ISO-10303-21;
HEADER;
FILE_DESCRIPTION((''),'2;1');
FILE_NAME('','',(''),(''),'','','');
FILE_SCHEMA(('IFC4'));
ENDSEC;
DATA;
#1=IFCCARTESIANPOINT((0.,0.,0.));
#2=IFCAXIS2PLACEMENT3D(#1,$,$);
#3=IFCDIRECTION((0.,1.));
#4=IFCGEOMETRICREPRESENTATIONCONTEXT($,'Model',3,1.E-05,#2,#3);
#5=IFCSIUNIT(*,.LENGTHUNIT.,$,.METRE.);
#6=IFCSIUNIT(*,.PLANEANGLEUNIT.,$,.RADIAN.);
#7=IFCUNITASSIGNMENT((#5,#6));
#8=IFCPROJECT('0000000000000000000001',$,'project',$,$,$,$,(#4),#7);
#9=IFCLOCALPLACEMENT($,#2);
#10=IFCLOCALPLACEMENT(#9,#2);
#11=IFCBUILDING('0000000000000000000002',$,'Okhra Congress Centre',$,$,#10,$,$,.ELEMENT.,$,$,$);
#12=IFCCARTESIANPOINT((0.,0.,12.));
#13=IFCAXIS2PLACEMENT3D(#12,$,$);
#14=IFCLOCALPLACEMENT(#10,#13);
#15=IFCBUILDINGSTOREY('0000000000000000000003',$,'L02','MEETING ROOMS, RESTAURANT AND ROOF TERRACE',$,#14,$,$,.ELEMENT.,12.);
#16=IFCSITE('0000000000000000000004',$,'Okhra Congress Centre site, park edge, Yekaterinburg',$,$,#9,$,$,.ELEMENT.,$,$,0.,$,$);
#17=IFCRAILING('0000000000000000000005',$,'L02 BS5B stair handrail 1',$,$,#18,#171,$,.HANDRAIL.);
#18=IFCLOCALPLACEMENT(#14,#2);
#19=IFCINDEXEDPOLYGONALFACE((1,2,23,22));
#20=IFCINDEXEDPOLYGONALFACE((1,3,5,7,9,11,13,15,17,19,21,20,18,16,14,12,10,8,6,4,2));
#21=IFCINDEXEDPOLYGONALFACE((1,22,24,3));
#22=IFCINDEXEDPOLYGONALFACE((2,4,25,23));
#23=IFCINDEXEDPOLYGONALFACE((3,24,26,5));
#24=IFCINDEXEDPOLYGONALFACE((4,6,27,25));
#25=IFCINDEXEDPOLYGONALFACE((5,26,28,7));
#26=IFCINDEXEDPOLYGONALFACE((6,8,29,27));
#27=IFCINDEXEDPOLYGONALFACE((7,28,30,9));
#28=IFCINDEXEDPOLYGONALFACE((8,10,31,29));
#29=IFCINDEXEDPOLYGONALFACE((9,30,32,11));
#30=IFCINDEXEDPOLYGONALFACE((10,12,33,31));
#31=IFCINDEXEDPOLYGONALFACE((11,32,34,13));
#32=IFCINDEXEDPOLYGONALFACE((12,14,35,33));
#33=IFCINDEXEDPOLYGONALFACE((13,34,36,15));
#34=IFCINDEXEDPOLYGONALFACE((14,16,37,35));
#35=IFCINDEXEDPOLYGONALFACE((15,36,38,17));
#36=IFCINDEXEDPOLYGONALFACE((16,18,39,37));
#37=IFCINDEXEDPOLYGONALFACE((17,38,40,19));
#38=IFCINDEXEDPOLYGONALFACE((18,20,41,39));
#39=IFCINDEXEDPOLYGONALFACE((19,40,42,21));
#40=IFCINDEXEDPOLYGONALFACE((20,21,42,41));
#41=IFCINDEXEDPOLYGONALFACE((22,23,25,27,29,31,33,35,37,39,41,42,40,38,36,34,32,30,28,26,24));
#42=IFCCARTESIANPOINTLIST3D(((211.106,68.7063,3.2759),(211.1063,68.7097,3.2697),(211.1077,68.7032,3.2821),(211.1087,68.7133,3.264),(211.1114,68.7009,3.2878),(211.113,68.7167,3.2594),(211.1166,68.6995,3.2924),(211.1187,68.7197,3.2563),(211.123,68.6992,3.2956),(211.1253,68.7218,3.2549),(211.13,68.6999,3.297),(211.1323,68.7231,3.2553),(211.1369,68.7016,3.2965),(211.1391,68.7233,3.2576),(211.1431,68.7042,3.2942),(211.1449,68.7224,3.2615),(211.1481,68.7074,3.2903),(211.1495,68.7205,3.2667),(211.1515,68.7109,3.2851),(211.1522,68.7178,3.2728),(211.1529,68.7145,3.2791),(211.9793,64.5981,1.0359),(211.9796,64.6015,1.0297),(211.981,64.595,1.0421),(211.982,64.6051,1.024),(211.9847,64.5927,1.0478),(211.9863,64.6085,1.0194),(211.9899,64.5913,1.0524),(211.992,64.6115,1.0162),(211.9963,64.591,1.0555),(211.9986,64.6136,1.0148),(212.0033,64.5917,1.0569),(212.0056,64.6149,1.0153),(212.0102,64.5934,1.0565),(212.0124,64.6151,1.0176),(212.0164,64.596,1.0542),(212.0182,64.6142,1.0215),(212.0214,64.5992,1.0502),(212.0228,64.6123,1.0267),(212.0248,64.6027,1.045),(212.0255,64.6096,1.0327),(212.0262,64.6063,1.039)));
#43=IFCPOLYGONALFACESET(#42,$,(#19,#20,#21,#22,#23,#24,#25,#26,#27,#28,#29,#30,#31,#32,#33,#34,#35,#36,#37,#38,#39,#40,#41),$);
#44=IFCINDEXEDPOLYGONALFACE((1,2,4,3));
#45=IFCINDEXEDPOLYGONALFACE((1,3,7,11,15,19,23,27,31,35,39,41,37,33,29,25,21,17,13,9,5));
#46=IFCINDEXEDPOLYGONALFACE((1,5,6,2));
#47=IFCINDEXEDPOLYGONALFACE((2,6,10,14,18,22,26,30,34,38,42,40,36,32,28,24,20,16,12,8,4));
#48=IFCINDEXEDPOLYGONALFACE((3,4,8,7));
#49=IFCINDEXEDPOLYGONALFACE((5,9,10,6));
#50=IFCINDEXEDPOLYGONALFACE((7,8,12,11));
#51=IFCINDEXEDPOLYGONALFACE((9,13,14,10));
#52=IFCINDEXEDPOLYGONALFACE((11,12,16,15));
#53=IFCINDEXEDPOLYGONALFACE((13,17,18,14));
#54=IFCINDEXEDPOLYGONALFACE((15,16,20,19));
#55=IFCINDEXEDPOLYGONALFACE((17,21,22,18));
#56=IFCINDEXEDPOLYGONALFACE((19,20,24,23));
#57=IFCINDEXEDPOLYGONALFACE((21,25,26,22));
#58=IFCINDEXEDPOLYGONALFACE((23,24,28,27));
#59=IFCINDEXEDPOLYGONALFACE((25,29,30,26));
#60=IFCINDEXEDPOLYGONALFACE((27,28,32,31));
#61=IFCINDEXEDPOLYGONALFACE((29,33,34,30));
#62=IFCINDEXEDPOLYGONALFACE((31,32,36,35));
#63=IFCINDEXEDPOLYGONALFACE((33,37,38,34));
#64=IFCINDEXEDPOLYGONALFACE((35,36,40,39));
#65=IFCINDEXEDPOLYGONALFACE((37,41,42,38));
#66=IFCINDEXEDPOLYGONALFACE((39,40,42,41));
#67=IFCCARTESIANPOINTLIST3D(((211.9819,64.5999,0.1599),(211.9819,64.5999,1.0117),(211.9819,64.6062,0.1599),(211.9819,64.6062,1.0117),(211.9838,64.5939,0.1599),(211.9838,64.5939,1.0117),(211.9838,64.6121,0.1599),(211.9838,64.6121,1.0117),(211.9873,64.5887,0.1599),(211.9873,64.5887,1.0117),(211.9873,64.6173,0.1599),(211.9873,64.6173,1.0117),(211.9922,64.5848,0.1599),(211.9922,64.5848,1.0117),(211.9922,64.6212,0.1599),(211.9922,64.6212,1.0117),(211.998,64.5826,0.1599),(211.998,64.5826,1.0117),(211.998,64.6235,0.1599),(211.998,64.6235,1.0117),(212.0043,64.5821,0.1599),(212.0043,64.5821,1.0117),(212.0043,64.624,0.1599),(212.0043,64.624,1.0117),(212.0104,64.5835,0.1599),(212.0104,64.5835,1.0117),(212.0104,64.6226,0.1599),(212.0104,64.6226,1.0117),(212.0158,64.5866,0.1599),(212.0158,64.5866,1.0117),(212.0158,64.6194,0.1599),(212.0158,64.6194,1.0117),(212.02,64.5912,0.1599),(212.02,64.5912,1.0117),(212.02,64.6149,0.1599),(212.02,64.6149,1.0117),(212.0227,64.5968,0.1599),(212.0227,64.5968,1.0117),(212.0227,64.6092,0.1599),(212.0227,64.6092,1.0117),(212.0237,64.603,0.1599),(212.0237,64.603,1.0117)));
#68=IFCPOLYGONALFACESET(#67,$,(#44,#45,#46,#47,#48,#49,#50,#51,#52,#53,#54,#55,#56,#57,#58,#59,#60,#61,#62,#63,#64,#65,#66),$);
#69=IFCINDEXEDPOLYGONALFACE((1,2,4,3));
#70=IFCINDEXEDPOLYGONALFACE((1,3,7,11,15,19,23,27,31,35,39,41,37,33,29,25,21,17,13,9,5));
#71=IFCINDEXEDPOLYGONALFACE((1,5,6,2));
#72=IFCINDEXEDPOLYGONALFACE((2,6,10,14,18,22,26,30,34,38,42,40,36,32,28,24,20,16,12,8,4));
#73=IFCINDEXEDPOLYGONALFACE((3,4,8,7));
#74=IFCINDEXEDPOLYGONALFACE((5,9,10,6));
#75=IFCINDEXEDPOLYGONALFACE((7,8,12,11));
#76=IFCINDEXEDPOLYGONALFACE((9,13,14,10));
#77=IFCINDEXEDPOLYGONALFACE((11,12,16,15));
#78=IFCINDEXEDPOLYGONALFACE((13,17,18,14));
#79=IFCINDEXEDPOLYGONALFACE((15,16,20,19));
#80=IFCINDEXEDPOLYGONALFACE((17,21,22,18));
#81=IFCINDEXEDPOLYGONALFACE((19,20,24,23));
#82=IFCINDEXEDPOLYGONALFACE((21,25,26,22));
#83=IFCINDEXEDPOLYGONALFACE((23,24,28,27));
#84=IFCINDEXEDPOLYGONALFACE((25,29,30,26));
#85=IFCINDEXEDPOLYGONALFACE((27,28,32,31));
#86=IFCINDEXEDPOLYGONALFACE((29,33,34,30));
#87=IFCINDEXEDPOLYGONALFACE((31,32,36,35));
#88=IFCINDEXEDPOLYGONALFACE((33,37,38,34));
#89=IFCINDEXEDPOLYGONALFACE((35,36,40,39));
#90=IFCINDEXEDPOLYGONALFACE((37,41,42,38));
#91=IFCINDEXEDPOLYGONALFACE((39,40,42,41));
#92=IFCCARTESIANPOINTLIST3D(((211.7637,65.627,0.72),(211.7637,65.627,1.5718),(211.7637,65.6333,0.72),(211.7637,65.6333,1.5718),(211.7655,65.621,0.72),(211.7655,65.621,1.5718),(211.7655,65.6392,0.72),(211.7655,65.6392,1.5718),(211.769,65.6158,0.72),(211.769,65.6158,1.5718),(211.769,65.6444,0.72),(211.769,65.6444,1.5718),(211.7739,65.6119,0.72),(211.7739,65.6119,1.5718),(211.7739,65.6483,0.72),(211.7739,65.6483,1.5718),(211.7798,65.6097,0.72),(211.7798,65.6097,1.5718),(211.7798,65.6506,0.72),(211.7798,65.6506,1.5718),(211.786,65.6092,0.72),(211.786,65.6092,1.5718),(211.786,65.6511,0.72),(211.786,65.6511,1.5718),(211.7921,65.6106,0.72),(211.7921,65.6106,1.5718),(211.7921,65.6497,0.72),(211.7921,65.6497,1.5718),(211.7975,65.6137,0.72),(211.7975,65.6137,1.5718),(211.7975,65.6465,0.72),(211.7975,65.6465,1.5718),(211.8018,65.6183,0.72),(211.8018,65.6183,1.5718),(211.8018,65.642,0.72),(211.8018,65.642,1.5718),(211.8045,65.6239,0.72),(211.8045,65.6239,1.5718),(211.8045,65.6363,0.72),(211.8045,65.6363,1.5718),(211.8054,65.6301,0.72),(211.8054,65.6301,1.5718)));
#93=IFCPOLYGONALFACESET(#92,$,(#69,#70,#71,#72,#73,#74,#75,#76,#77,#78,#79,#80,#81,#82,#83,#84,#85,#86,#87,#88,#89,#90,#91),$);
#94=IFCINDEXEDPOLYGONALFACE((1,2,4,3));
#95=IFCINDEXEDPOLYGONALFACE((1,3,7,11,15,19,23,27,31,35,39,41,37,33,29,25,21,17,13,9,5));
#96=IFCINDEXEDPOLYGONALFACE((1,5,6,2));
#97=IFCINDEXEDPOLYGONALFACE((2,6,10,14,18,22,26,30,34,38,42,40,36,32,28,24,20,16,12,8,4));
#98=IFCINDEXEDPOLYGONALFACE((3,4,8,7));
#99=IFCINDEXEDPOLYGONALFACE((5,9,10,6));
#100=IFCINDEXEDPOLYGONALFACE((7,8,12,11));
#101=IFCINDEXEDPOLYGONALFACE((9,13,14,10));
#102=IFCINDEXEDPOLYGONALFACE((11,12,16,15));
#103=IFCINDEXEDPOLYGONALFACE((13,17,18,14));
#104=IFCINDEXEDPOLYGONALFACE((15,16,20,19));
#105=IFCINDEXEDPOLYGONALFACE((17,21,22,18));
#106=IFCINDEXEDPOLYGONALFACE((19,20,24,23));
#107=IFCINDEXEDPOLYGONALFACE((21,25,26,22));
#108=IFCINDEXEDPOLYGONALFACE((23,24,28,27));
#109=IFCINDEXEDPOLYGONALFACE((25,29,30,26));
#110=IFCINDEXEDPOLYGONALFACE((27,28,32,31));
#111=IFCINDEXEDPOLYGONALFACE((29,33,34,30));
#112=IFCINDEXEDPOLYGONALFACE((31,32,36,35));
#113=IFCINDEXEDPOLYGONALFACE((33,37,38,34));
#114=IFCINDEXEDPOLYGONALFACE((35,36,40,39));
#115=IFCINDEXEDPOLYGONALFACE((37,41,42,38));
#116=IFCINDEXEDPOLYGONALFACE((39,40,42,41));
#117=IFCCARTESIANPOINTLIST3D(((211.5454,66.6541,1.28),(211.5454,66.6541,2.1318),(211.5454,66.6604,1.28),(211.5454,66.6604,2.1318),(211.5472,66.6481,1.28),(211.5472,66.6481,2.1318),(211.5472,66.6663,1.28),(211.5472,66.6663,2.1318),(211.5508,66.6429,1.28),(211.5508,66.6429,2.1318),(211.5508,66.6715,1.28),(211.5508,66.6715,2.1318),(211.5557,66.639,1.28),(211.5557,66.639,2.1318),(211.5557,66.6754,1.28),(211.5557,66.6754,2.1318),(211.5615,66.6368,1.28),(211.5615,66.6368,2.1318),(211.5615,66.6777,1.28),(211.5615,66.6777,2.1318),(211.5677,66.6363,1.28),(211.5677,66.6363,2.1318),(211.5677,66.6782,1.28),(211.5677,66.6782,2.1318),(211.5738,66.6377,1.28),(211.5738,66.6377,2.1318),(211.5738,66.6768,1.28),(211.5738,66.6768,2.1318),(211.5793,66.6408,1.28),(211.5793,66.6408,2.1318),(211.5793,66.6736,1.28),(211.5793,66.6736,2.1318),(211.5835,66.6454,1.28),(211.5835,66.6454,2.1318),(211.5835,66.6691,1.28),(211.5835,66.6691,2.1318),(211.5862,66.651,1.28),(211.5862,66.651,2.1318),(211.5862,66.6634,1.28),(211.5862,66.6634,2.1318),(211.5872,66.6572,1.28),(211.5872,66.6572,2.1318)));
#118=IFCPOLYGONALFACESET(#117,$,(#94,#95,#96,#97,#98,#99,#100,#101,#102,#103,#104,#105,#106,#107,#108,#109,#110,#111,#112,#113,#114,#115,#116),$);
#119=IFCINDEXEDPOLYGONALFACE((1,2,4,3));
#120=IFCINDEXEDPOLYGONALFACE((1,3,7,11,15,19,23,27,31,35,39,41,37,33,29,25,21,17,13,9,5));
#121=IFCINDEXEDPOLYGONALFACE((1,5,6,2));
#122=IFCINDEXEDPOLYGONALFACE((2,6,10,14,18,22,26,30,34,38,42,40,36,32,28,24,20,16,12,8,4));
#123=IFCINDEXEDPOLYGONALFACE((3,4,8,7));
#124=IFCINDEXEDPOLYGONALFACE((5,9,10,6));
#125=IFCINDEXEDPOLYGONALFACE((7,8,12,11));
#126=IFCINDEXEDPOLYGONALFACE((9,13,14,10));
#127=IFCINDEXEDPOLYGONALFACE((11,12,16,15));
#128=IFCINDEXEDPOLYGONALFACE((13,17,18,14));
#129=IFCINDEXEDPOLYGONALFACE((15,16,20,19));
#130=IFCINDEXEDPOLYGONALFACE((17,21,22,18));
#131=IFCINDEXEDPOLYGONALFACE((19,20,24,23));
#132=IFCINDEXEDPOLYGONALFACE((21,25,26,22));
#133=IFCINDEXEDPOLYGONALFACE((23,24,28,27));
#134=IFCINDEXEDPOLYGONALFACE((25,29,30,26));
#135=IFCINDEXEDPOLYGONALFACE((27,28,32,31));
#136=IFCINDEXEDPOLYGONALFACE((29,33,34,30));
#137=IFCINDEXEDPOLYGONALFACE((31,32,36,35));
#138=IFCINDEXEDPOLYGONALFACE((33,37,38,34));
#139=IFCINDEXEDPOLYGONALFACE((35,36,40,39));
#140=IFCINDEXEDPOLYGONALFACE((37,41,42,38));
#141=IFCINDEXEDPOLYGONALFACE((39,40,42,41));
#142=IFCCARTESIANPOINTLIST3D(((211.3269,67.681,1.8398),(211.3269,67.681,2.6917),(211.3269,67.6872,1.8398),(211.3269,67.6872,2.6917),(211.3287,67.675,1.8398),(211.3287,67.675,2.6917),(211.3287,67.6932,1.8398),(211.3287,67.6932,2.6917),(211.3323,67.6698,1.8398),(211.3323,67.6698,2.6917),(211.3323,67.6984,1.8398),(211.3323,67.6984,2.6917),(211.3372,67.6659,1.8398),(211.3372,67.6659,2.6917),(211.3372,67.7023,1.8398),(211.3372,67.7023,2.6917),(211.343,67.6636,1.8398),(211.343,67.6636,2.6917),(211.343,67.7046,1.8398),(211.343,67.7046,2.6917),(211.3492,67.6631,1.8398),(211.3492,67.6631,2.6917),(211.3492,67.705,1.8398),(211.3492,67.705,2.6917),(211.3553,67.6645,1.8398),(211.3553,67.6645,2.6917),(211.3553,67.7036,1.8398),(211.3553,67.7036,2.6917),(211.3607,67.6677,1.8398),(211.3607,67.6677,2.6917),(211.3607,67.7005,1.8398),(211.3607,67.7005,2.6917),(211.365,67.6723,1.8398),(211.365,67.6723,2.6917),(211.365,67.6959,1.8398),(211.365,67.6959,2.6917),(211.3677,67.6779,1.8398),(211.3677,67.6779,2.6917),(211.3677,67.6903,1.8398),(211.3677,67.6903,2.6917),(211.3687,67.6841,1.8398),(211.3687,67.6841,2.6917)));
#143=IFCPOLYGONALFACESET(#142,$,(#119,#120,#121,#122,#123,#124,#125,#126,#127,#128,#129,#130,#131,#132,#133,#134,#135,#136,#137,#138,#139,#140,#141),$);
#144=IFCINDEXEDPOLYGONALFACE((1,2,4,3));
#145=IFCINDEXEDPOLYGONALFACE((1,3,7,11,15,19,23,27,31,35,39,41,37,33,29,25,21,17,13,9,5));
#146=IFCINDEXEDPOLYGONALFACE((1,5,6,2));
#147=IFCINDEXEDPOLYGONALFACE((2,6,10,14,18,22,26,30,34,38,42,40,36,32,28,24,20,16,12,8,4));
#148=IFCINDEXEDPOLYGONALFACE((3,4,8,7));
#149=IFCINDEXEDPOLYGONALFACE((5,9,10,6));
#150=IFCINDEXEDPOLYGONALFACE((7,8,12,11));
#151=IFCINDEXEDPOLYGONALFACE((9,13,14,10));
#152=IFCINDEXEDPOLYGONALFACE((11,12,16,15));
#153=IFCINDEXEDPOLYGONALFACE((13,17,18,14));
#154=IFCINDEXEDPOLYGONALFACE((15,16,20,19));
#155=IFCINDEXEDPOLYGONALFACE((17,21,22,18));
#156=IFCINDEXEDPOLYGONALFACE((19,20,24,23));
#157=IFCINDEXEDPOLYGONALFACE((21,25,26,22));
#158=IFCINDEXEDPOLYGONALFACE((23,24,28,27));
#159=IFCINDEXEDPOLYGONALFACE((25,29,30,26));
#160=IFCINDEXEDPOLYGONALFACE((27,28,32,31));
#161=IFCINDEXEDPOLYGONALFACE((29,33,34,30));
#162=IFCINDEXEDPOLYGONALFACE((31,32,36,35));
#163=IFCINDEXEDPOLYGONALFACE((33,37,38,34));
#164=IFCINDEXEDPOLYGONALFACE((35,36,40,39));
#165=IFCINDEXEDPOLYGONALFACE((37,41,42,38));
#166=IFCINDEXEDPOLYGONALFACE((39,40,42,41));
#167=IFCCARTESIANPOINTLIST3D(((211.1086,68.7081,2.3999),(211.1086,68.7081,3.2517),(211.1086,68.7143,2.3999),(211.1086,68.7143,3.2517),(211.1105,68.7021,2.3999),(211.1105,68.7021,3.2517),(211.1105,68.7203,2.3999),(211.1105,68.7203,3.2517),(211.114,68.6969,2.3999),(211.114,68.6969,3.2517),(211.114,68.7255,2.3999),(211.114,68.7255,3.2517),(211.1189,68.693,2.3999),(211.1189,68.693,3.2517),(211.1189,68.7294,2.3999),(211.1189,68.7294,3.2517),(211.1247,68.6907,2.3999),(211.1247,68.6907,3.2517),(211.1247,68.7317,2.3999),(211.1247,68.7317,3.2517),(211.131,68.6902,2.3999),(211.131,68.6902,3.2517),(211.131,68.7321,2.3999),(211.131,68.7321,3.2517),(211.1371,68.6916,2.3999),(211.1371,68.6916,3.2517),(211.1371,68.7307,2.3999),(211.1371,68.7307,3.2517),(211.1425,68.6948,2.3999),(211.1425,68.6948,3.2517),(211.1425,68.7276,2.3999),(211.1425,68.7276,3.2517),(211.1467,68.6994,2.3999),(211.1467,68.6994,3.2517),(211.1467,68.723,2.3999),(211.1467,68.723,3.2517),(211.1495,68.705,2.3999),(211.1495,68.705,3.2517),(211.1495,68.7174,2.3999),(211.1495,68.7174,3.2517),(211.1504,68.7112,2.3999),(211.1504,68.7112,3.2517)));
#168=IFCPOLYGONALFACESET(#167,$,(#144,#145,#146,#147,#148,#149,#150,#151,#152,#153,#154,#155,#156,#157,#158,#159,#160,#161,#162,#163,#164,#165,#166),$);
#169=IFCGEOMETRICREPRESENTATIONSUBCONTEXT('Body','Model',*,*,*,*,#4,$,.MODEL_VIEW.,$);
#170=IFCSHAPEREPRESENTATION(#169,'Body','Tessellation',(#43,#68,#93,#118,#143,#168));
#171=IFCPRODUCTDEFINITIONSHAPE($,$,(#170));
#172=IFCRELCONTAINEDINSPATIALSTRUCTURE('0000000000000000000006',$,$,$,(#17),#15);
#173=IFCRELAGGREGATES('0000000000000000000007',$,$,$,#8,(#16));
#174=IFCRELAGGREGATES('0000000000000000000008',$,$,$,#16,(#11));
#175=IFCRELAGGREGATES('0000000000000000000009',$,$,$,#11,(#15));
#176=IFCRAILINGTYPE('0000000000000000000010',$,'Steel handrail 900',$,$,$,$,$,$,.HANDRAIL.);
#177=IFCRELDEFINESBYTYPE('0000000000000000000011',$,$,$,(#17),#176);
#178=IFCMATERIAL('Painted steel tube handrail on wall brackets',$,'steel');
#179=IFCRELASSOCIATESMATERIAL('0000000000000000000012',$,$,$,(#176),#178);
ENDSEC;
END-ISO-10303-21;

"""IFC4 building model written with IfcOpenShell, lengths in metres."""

from ifc_helpers import new_model, si_unit, direction, frame, origin, origin_2d, place, context, subcontext, project, spatial, circle, extrude, material, type_object, element, save


model = new_model("IFC4")

# Units and contexts
model_context = context("Model", 3, precision=1e-05, world=origin(), true_north=direction((0.0, 1.0)))
body_context = subcontext(model_context, "Body", "Model", "MODEL_VIEW")
ifc_project = project(units=[si_unit("LENGTHUNIT", "METRE"), si_unit("PLANEANGLEUNIT", "RADIAN")], contexts=[model_context])

# Site, building, storey
site_placement = place(None, origin())
site = spatial("IfcSite", under=ifc_project, at=site_placement, Name="Okhra Congress Centre site, park edge, Yekaterinburg", CompositionType="ELEMENT", RefElevation=0.0)
building_placement = place(site_placement, origin())
building = spatial("IfcBuilding", under=site, at=building_placement, Name="Okhra Congress Centre", CompositionType="ELEMENT")
storey_placement = place(building_placement, frame((0.0, 0.0, 12.0)))
storey = spatial("IfcBuildingStorey", under=building, at=storey_placement, Name="L02", Description="MEETING ROOMS, RESTAURANT AND ROOF TERRACE", CompositionType="ELEMENT", Elevation=12.0)

# Railing
ifc_material_1 = material(Name="Painted steel tube handrail on wall brackets", Category="steel")
railing_type_1 = type_object("IfcRailingType", Name="Steel handrail 900", PredefinedType="HANDRAIL", material=ifc_material_1)
railing_1_placement = place(storey_placement, frame((212.0027, 64.603, 0.1599)))
element("IfcRailing", 1, at=railing_1_placement, inside=storey, type_object=railing_type_1, Name="L02 BS5B stair handrail 1", PredefinedType="HANDRAIL", context=body_context, shape_type="SweptSolid", body=[
    extrude(circle(Radius=0.0239, at=origin_2d()), frame((0.0, 0.0, 0.876), z_axis=(-0.183466, 0.863067, 0.470591), x_axis=(-0.978144, -0.207929, 0.0)), (0.0, 0.0, 1.0), 4.76),
    extrude(circle(Radius=0.021, at=origin_2d()), origin(), (0.0, 0.0, 1.0), 0.8518),
    extrude(circle(Radius=0.021, at=origin_2d()), frame((-0.2183, 1.0271, 0.5601)), (0.0, 0.0, 1.0), 0.8518),
    extrude(circle(Radius=0.021, at=origin_2d()), frame((-0.4365, 2.0542, 1.1201)), (0.0, 0.0, 1.0), 0.8518),
    extrude(circle(Radius=0.021, at=origin_2d()), frame((-0.655, 3.0811, 1.6799)), (0.0, 0.0, 1.0), 0.8518),
    extrude(circle(Radius=0.021, at=origin_2d()), frame((-0.8733, 4.1082, 2.24)), (0.0, 0.0, 1.0), 0.8518),
])

save(model, "model.ifc")
